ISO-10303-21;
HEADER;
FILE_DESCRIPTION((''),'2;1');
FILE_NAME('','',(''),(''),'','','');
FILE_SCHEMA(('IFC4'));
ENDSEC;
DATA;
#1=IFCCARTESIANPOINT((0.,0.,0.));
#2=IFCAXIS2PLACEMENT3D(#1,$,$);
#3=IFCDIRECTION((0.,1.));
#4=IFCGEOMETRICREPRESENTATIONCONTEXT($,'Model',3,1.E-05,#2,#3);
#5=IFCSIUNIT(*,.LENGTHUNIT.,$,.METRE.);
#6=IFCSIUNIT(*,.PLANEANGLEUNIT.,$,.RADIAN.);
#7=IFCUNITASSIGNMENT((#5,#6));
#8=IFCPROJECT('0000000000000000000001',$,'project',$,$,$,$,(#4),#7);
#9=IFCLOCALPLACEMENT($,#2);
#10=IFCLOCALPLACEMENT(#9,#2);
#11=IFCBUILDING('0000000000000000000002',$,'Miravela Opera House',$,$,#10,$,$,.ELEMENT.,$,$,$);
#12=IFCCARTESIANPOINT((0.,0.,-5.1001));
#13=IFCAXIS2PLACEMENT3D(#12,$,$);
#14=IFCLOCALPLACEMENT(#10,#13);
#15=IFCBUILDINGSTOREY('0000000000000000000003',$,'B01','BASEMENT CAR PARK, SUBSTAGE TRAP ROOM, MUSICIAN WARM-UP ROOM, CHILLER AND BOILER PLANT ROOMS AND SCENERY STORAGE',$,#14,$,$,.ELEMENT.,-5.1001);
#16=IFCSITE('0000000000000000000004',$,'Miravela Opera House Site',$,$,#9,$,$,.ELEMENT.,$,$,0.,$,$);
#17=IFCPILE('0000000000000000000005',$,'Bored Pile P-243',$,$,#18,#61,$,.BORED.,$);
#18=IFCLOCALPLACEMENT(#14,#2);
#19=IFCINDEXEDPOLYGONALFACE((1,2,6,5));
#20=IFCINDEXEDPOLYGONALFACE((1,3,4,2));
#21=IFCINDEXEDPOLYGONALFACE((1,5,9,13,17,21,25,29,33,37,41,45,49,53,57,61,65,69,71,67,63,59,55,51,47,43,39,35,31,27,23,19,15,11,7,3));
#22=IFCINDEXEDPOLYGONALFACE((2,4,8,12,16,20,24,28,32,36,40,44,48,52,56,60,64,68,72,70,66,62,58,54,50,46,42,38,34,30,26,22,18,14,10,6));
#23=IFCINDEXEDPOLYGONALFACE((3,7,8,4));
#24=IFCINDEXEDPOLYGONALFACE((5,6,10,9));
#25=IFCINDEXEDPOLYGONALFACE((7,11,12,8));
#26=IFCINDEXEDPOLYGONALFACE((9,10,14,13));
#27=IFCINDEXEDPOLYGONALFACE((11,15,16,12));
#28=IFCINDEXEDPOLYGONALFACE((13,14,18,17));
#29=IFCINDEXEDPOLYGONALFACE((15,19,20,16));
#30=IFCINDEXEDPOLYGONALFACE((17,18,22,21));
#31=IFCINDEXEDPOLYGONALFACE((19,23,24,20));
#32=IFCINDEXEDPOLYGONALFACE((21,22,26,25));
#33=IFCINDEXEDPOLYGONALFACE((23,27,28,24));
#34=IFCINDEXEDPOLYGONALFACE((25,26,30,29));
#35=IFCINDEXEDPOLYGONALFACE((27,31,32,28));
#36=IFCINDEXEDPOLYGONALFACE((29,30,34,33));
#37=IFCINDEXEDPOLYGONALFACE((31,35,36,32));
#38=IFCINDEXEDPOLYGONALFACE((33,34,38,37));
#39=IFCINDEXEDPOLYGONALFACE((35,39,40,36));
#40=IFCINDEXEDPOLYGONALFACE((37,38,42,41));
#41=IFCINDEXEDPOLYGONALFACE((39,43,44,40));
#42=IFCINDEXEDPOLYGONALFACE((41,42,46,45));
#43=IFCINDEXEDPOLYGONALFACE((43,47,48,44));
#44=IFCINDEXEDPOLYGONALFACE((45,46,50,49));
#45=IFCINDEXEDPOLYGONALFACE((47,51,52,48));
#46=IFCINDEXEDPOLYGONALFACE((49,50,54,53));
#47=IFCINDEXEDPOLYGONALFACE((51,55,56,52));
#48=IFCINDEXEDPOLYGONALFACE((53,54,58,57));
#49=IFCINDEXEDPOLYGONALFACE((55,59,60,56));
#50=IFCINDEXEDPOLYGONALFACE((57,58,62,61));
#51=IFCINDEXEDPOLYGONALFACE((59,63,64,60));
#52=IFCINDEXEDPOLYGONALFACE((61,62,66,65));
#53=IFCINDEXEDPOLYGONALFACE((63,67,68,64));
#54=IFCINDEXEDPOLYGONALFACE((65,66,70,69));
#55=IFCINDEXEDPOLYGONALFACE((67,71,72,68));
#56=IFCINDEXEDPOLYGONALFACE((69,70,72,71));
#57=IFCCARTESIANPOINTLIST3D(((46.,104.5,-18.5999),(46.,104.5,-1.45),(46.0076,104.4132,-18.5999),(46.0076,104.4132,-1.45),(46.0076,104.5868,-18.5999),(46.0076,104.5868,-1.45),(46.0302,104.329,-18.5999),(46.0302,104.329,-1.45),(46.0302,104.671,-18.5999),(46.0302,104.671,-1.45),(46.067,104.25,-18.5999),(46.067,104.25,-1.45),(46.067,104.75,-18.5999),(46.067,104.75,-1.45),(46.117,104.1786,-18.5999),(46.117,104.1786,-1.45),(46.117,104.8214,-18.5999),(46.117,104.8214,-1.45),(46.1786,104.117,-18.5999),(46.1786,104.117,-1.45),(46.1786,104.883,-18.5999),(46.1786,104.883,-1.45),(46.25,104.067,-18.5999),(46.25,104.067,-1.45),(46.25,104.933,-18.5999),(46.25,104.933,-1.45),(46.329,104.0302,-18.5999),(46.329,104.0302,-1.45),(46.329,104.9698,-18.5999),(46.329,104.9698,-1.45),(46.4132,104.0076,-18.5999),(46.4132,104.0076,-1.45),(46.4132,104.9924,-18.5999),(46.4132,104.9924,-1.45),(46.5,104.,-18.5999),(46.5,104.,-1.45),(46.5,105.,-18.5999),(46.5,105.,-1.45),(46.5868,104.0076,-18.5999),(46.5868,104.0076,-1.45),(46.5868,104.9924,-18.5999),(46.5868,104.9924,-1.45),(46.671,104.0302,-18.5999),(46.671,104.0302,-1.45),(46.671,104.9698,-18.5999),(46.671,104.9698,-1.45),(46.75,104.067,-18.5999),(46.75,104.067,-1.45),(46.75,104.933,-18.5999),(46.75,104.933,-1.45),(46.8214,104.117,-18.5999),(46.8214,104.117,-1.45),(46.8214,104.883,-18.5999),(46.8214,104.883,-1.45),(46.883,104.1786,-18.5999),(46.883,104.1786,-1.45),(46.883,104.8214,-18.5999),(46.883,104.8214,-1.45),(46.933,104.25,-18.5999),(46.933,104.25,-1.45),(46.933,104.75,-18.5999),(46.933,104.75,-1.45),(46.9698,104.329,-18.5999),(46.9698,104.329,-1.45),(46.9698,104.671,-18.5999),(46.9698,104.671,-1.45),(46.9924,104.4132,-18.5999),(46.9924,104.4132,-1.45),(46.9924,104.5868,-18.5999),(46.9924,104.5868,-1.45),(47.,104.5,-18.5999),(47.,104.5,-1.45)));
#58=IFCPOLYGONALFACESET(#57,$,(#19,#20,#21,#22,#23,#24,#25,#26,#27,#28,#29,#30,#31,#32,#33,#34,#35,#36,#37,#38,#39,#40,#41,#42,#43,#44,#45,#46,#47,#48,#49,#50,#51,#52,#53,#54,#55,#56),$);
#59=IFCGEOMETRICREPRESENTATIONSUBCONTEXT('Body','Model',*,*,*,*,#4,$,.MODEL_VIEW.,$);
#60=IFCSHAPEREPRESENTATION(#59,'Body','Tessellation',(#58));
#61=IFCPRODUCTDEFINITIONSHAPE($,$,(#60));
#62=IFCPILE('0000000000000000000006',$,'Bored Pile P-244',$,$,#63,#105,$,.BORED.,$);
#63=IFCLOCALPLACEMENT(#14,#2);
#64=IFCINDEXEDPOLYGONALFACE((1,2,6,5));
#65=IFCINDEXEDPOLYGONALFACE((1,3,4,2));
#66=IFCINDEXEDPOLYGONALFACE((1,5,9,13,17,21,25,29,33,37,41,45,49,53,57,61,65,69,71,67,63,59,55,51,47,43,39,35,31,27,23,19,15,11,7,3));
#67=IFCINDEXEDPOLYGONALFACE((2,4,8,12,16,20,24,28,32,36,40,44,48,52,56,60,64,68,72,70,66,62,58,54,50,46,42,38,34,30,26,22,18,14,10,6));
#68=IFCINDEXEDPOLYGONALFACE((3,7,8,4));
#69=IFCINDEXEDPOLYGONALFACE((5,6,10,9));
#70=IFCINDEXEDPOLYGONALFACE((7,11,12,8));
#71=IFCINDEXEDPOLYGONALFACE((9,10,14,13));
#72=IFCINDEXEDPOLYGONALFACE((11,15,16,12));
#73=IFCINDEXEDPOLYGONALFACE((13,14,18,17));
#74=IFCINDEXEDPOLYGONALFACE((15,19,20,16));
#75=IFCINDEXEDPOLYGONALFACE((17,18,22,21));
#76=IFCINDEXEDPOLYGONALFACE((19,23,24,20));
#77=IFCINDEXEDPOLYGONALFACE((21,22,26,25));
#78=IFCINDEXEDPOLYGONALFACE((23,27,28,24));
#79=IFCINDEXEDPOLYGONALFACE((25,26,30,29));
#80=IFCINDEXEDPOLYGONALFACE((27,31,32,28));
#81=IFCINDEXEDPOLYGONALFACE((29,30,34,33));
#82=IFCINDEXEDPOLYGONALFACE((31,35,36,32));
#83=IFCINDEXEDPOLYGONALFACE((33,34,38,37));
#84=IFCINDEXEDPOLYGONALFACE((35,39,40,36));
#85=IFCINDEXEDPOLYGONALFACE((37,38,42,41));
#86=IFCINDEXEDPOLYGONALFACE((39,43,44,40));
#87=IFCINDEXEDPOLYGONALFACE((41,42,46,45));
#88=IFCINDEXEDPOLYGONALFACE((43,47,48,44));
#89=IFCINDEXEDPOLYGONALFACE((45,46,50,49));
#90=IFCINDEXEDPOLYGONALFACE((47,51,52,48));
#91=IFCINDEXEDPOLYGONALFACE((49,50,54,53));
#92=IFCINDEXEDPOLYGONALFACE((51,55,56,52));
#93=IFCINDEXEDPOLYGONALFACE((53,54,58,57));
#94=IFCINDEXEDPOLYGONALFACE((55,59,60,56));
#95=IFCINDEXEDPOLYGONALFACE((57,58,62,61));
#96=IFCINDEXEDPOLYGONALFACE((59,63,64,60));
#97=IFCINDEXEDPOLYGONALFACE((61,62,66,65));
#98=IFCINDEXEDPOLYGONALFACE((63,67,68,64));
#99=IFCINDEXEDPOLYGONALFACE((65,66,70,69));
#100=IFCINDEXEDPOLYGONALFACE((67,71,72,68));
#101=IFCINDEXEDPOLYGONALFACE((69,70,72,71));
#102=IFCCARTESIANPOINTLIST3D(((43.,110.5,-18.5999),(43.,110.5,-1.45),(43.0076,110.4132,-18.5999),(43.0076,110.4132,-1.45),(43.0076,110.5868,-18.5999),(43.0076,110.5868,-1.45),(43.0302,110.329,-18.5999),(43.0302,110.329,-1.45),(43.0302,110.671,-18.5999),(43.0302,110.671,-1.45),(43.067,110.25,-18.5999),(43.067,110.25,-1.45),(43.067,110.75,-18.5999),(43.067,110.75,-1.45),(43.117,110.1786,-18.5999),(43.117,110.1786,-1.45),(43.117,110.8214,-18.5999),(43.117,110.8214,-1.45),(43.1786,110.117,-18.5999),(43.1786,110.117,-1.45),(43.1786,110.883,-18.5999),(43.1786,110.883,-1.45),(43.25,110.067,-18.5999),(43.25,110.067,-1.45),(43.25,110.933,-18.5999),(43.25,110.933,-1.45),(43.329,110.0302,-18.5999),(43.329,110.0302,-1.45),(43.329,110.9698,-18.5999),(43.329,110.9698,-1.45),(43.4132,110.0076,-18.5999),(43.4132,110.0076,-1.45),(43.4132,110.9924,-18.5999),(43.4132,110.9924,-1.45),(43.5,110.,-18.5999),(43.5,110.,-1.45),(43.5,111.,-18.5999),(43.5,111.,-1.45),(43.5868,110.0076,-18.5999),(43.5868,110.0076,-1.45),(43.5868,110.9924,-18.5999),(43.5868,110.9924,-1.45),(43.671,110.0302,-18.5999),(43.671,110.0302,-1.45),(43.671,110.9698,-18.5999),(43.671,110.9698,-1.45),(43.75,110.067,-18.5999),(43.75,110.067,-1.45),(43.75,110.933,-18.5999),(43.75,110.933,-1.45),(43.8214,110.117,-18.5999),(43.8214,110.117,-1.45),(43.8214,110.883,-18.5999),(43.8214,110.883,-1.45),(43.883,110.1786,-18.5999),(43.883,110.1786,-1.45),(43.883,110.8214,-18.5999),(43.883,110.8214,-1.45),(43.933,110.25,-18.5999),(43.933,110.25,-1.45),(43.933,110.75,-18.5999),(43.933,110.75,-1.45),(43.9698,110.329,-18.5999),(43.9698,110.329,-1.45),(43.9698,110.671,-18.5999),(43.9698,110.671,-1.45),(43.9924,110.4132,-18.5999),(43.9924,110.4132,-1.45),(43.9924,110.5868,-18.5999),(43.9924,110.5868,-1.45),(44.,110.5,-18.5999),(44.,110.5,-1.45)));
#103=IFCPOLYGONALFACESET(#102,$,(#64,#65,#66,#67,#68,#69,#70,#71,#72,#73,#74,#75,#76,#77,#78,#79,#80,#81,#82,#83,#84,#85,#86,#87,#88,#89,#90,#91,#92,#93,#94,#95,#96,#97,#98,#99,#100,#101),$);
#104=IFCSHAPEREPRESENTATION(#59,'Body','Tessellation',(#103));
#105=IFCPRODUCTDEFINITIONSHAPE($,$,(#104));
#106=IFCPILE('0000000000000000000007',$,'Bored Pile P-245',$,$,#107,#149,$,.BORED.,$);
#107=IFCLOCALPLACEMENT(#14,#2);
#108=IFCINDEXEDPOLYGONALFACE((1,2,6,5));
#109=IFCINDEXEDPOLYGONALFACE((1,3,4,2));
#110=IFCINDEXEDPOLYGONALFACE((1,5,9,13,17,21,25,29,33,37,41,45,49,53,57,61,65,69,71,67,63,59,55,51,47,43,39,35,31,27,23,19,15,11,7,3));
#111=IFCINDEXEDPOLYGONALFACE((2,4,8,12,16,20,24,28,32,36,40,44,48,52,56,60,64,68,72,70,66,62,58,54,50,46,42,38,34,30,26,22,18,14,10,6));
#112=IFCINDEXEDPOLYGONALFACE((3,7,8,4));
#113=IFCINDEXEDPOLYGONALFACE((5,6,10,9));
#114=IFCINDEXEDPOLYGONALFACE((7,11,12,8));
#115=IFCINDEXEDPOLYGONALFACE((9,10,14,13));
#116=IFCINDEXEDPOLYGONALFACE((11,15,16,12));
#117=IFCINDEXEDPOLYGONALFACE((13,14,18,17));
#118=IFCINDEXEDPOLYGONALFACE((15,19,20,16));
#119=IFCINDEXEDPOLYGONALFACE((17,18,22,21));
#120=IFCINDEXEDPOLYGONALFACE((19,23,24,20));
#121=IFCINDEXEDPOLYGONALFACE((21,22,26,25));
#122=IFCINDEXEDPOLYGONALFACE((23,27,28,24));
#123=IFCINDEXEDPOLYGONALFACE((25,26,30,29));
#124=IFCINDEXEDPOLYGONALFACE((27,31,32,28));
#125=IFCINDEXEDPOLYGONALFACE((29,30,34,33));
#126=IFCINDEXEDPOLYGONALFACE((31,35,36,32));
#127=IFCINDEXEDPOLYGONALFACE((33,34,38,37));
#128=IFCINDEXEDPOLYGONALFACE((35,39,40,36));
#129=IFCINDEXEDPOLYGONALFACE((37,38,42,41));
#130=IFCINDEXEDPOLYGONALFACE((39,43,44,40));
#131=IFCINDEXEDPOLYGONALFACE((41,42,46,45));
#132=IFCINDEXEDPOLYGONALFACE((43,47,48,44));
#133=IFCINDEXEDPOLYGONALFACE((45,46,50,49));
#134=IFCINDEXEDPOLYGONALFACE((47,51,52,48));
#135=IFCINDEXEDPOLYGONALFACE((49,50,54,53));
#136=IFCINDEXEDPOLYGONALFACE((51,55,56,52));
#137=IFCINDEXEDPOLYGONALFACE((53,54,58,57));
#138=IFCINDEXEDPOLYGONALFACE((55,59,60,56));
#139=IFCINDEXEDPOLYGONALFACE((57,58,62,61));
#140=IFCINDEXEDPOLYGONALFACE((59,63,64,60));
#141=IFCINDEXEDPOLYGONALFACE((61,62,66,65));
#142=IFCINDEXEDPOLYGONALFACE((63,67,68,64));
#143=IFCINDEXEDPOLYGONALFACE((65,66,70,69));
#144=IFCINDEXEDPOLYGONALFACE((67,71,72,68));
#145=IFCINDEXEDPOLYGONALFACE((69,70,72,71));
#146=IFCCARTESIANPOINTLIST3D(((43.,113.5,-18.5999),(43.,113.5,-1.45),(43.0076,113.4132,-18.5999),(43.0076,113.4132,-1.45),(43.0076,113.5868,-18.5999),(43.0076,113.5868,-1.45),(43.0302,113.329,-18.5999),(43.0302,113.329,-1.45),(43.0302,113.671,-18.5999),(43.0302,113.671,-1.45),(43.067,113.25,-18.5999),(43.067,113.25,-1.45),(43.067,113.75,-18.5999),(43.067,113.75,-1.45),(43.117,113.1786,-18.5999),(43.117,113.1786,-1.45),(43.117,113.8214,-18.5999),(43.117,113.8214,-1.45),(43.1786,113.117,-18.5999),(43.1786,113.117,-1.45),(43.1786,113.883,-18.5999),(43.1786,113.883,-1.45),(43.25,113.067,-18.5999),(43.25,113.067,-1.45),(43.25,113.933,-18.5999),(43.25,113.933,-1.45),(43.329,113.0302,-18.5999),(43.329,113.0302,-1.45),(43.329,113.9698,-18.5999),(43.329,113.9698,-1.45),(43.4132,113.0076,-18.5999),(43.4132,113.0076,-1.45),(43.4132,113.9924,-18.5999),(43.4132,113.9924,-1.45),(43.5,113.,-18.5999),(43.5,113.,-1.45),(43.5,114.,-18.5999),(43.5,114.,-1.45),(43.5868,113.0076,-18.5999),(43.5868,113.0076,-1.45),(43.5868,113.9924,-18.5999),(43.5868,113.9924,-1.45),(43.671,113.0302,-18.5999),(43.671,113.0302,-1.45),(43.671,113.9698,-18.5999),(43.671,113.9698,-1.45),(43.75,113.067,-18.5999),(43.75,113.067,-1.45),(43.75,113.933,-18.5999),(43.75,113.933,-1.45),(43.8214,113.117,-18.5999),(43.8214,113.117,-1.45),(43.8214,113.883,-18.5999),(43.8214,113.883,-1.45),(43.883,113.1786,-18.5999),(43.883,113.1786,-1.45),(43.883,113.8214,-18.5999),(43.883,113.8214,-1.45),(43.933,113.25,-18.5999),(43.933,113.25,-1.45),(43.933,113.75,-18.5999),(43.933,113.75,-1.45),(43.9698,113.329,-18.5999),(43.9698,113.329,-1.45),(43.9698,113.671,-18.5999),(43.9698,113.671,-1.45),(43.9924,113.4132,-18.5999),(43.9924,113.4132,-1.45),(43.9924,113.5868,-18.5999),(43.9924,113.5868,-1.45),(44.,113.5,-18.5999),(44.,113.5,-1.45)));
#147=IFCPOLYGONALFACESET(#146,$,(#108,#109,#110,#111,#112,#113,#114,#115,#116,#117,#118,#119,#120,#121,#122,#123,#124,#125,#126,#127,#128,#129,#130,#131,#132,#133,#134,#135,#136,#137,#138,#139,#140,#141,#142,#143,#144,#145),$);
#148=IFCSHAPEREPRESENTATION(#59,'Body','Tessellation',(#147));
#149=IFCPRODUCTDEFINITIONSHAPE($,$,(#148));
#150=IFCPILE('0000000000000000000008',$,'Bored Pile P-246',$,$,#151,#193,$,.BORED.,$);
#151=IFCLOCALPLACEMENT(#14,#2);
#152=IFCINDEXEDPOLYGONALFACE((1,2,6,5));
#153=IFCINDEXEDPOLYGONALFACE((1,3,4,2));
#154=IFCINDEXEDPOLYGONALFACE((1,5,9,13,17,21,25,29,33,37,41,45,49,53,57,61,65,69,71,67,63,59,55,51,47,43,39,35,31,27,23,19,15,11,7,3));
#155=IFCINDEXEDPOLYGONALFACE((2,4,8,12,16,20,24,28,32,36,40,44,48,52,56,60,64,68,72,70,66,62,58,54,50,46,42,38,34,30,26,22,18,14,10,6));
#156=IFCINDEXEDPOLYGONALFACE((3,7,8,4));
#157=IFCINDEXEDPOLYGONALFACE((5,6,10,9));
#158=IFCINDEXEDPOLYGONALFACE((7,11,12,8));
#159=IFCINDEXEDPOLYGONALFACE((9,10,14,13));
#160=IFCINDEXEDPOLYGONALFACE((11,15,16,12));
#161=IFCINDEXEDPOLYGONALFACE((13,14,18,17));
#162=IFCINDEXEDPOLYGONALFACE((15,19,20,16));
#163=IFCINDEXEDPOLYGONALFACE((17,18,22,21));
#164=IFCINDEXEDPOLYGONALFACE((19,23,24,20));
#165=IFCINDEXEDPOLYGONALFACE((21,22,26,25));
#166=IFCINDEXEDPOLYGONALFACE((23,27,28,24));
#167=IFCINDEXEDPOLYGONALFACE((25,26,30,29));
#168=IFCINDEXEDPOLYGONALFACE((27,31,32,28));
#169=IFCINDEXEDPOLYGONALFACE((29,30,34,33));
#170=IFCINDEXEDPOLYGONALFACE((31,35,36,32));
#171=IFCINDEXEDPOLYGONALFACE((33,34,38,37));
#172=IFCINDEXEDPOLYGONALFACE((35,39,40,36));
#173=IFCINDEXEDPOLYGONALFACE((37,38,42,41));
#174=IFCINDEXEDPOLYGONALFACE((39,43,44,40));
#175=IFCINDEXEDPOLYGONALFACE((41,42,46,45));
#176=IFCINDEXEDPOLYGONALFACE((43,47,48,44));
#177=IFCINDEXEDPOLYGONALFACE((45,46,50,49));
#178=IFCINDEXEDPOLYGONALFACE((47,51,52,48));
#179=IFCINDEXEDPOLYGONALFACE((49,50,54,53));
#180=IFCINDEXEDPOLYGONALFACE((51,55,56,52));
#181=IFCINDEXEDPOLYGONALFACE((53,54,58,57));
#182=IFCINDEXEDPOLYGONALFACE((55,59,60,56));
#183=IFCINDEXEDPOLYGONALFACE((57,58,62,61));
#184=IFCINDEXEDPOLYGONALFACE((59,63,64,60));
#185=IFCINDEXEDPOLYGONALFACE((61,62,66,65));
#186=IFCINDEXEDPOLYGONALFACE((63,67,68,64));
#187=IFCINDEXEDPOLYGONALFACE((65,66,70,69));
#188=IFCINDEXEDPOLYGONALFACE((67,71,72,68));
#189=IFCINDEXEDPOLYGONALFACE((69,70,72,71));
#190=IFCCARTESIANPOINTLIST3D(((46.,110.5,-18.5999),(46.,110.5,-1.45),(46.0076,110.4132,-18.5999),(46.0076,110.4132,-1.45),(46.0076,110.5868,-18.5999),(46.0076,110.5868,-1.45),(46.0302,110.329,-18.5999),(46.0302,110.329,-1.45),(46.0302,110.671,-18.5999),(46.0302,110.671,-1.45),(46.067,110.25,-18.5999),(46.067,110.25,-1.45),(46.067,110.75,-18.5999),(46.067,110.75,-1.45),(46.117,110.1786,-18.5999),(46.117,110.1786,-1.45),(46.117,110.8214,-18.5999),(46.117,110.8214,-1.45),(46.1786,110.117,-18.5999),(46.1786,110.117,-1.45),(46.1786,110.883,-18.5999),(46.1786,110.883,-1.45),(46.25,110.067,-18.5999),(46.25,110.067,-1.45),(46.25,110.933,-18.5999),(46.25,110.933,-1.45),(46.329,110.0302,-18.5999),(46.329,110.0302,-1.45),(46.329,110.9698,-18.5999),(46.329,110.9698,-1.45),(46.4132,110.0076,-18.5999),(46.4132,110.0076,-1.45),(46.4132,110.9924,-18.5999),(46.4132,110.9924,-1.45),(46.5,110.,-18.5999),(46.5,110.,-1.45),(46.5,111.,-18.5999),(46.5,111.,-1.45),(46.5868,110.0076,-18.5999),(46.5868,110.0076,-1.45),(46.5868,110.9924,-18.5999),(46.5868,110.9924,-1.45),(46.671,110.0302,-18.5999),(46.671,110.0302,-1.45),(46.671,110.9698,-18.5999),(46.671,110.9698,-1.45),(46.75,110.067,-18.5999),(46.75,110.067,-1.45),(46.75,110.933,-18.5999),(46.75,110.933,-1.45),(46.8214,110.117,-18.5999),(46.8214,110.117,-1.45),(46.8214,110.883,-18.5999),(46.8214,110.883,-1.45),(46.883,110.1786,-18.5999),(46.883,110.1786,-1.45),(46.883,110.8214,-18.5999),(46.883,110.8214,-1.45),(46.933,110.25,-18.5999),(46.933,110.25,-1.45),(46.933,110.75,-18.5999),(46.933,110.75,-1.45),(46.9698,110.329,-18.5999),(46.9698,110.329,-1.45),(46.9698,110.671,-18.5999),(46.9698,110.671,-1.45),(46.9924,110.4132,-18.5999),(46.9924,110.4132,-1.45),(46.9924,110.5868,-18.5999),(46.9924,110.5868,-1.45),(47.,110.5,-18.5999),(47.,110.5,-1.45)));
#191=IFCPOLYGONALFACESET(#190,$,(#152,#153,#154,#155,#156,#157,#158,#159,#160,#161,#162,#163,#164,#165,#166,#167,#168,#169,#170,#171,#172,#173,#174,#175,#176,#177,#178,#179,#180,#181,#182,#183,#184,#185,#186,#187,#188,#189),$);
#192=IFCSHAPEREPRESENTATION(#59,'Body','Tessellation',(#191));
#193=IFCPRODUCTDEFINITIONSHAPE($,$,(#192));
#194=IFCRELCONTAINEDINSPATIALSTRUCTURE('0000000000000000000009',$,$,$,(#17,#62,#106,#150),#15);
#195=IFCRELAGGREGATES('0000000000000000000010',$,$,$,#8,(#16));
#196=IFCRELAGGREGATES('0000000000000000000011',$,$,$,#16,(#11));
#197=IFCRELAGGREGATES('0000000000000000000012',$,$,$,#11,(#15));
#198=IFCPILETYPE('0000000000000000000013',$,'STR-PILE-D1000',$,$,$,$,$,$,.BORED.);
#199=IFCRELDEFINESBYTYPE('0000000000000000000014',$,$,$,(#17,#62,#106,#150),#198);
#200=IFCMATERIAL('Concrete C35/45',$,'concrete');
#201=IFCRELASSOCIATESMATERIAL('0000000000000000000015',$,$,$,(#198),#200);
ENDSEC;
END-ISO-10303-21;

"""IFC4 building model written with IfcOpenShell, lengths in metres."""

from ifc_helpers import new_model, si_unit, direction, frame, origin, origin_2d, place, context, subcontext, project, spatial, circle, extrude, material, material_profile, profile_set, type_object, element, save


model = new_model("IFC4")

# Units and contexts
model_context = context("Model", 3, precision=1e-05, world=origin(), true_north=direction((0.0, 1.0)))
body_context = subcontext(model_context, "Body", "Model", "MODEL_VIEW")
ifc_project = project(units=[si_unit("LENGTHUNIT", "METRE"), si_unit("PLANEANGLEUNIT", "RADIAN")], contexts=[model_context])

# Site, building, storey
site_placement = place(None, origin())
site = spatial("IfcSite", under=ifc_project, at=site_placement, Name="Miravela Opera House Site", CompositionType="ELEMENT", RefElevation=0.0)
building_placement = place(site_placement, origin())
building = spatial("IfcBuilding", under=site, at=building_placement, Name="Miravela Opera House", CompositionType="ELEMENT")
storey_placement = place(building_placement, frame((0.0, 0.0, -5.1001)))
storey = spatial("IfcBuildingStorey", under=building, at=storey_placement, Name="B01", Description="BASEMENT CAR PARK, SUBSTAGE TRAP ROOM, MUSICIAN WARM-UP ROOM, CHILLER AND BOILER PLANT ROOMS AND SCENERY STORAGE", CompositionType="ELEMENT", Elevation=-5.1001)

# Shared definitions
ifc_material_1 = material(Name="Concrete C35/45", Category="concrete")

# Piles
ifc_material_profile_1 = material_profile(ifc_material_1, circle(Radius=0.5, at=origin_2d()), Name="PILE-D1000")
ifc_profile_set_1 = profile_set([ifc_material_profile_1])
pile_type = type_object("IfcPileType", Name="STR-PILE-D1000", PredefinedType="BORED", material=ifc_profile_set_1)
for number, where, z_axis, x_axis, name in (
    (1, (46.5, 104.5, -1.45), (0.0, 0.0, -1.0), (1.0, 0.0, 0.0), "Bored Pile P-243"),
    (2, (43.5, 110.5, -1.45), (0.0, 0.0, -1.0), (1.0, 0.0, 0.0), "Bored Pile P-244"),
    (3, (43.5, 113.5, -1.45), (0.0, 0.0, -1.0), (1.0, 0.0, 0.0), "Bored Pile P-245"),
    (4, (46.5, 110.5, -1.45), (0.0, 0.0, -1.0), (1.0, 0.0, 0.0), "Bored Pile P-246"),
):
    element("IfcPile", number, at=place(storey_placement, frame(where, z_axis=z_axis, x_axis=x_axis)), inside=storey, type_object=pile_type, Name=name, PredefinedType="BORED", context=body_context, shape_type="SweptSolid", body=[
        extrude(circle(Radius=0.5, at=origin_2d()), origin(), (0.0, 0.0, 1.0), 17.1499),
    ])

save(model, "model.ifc")
